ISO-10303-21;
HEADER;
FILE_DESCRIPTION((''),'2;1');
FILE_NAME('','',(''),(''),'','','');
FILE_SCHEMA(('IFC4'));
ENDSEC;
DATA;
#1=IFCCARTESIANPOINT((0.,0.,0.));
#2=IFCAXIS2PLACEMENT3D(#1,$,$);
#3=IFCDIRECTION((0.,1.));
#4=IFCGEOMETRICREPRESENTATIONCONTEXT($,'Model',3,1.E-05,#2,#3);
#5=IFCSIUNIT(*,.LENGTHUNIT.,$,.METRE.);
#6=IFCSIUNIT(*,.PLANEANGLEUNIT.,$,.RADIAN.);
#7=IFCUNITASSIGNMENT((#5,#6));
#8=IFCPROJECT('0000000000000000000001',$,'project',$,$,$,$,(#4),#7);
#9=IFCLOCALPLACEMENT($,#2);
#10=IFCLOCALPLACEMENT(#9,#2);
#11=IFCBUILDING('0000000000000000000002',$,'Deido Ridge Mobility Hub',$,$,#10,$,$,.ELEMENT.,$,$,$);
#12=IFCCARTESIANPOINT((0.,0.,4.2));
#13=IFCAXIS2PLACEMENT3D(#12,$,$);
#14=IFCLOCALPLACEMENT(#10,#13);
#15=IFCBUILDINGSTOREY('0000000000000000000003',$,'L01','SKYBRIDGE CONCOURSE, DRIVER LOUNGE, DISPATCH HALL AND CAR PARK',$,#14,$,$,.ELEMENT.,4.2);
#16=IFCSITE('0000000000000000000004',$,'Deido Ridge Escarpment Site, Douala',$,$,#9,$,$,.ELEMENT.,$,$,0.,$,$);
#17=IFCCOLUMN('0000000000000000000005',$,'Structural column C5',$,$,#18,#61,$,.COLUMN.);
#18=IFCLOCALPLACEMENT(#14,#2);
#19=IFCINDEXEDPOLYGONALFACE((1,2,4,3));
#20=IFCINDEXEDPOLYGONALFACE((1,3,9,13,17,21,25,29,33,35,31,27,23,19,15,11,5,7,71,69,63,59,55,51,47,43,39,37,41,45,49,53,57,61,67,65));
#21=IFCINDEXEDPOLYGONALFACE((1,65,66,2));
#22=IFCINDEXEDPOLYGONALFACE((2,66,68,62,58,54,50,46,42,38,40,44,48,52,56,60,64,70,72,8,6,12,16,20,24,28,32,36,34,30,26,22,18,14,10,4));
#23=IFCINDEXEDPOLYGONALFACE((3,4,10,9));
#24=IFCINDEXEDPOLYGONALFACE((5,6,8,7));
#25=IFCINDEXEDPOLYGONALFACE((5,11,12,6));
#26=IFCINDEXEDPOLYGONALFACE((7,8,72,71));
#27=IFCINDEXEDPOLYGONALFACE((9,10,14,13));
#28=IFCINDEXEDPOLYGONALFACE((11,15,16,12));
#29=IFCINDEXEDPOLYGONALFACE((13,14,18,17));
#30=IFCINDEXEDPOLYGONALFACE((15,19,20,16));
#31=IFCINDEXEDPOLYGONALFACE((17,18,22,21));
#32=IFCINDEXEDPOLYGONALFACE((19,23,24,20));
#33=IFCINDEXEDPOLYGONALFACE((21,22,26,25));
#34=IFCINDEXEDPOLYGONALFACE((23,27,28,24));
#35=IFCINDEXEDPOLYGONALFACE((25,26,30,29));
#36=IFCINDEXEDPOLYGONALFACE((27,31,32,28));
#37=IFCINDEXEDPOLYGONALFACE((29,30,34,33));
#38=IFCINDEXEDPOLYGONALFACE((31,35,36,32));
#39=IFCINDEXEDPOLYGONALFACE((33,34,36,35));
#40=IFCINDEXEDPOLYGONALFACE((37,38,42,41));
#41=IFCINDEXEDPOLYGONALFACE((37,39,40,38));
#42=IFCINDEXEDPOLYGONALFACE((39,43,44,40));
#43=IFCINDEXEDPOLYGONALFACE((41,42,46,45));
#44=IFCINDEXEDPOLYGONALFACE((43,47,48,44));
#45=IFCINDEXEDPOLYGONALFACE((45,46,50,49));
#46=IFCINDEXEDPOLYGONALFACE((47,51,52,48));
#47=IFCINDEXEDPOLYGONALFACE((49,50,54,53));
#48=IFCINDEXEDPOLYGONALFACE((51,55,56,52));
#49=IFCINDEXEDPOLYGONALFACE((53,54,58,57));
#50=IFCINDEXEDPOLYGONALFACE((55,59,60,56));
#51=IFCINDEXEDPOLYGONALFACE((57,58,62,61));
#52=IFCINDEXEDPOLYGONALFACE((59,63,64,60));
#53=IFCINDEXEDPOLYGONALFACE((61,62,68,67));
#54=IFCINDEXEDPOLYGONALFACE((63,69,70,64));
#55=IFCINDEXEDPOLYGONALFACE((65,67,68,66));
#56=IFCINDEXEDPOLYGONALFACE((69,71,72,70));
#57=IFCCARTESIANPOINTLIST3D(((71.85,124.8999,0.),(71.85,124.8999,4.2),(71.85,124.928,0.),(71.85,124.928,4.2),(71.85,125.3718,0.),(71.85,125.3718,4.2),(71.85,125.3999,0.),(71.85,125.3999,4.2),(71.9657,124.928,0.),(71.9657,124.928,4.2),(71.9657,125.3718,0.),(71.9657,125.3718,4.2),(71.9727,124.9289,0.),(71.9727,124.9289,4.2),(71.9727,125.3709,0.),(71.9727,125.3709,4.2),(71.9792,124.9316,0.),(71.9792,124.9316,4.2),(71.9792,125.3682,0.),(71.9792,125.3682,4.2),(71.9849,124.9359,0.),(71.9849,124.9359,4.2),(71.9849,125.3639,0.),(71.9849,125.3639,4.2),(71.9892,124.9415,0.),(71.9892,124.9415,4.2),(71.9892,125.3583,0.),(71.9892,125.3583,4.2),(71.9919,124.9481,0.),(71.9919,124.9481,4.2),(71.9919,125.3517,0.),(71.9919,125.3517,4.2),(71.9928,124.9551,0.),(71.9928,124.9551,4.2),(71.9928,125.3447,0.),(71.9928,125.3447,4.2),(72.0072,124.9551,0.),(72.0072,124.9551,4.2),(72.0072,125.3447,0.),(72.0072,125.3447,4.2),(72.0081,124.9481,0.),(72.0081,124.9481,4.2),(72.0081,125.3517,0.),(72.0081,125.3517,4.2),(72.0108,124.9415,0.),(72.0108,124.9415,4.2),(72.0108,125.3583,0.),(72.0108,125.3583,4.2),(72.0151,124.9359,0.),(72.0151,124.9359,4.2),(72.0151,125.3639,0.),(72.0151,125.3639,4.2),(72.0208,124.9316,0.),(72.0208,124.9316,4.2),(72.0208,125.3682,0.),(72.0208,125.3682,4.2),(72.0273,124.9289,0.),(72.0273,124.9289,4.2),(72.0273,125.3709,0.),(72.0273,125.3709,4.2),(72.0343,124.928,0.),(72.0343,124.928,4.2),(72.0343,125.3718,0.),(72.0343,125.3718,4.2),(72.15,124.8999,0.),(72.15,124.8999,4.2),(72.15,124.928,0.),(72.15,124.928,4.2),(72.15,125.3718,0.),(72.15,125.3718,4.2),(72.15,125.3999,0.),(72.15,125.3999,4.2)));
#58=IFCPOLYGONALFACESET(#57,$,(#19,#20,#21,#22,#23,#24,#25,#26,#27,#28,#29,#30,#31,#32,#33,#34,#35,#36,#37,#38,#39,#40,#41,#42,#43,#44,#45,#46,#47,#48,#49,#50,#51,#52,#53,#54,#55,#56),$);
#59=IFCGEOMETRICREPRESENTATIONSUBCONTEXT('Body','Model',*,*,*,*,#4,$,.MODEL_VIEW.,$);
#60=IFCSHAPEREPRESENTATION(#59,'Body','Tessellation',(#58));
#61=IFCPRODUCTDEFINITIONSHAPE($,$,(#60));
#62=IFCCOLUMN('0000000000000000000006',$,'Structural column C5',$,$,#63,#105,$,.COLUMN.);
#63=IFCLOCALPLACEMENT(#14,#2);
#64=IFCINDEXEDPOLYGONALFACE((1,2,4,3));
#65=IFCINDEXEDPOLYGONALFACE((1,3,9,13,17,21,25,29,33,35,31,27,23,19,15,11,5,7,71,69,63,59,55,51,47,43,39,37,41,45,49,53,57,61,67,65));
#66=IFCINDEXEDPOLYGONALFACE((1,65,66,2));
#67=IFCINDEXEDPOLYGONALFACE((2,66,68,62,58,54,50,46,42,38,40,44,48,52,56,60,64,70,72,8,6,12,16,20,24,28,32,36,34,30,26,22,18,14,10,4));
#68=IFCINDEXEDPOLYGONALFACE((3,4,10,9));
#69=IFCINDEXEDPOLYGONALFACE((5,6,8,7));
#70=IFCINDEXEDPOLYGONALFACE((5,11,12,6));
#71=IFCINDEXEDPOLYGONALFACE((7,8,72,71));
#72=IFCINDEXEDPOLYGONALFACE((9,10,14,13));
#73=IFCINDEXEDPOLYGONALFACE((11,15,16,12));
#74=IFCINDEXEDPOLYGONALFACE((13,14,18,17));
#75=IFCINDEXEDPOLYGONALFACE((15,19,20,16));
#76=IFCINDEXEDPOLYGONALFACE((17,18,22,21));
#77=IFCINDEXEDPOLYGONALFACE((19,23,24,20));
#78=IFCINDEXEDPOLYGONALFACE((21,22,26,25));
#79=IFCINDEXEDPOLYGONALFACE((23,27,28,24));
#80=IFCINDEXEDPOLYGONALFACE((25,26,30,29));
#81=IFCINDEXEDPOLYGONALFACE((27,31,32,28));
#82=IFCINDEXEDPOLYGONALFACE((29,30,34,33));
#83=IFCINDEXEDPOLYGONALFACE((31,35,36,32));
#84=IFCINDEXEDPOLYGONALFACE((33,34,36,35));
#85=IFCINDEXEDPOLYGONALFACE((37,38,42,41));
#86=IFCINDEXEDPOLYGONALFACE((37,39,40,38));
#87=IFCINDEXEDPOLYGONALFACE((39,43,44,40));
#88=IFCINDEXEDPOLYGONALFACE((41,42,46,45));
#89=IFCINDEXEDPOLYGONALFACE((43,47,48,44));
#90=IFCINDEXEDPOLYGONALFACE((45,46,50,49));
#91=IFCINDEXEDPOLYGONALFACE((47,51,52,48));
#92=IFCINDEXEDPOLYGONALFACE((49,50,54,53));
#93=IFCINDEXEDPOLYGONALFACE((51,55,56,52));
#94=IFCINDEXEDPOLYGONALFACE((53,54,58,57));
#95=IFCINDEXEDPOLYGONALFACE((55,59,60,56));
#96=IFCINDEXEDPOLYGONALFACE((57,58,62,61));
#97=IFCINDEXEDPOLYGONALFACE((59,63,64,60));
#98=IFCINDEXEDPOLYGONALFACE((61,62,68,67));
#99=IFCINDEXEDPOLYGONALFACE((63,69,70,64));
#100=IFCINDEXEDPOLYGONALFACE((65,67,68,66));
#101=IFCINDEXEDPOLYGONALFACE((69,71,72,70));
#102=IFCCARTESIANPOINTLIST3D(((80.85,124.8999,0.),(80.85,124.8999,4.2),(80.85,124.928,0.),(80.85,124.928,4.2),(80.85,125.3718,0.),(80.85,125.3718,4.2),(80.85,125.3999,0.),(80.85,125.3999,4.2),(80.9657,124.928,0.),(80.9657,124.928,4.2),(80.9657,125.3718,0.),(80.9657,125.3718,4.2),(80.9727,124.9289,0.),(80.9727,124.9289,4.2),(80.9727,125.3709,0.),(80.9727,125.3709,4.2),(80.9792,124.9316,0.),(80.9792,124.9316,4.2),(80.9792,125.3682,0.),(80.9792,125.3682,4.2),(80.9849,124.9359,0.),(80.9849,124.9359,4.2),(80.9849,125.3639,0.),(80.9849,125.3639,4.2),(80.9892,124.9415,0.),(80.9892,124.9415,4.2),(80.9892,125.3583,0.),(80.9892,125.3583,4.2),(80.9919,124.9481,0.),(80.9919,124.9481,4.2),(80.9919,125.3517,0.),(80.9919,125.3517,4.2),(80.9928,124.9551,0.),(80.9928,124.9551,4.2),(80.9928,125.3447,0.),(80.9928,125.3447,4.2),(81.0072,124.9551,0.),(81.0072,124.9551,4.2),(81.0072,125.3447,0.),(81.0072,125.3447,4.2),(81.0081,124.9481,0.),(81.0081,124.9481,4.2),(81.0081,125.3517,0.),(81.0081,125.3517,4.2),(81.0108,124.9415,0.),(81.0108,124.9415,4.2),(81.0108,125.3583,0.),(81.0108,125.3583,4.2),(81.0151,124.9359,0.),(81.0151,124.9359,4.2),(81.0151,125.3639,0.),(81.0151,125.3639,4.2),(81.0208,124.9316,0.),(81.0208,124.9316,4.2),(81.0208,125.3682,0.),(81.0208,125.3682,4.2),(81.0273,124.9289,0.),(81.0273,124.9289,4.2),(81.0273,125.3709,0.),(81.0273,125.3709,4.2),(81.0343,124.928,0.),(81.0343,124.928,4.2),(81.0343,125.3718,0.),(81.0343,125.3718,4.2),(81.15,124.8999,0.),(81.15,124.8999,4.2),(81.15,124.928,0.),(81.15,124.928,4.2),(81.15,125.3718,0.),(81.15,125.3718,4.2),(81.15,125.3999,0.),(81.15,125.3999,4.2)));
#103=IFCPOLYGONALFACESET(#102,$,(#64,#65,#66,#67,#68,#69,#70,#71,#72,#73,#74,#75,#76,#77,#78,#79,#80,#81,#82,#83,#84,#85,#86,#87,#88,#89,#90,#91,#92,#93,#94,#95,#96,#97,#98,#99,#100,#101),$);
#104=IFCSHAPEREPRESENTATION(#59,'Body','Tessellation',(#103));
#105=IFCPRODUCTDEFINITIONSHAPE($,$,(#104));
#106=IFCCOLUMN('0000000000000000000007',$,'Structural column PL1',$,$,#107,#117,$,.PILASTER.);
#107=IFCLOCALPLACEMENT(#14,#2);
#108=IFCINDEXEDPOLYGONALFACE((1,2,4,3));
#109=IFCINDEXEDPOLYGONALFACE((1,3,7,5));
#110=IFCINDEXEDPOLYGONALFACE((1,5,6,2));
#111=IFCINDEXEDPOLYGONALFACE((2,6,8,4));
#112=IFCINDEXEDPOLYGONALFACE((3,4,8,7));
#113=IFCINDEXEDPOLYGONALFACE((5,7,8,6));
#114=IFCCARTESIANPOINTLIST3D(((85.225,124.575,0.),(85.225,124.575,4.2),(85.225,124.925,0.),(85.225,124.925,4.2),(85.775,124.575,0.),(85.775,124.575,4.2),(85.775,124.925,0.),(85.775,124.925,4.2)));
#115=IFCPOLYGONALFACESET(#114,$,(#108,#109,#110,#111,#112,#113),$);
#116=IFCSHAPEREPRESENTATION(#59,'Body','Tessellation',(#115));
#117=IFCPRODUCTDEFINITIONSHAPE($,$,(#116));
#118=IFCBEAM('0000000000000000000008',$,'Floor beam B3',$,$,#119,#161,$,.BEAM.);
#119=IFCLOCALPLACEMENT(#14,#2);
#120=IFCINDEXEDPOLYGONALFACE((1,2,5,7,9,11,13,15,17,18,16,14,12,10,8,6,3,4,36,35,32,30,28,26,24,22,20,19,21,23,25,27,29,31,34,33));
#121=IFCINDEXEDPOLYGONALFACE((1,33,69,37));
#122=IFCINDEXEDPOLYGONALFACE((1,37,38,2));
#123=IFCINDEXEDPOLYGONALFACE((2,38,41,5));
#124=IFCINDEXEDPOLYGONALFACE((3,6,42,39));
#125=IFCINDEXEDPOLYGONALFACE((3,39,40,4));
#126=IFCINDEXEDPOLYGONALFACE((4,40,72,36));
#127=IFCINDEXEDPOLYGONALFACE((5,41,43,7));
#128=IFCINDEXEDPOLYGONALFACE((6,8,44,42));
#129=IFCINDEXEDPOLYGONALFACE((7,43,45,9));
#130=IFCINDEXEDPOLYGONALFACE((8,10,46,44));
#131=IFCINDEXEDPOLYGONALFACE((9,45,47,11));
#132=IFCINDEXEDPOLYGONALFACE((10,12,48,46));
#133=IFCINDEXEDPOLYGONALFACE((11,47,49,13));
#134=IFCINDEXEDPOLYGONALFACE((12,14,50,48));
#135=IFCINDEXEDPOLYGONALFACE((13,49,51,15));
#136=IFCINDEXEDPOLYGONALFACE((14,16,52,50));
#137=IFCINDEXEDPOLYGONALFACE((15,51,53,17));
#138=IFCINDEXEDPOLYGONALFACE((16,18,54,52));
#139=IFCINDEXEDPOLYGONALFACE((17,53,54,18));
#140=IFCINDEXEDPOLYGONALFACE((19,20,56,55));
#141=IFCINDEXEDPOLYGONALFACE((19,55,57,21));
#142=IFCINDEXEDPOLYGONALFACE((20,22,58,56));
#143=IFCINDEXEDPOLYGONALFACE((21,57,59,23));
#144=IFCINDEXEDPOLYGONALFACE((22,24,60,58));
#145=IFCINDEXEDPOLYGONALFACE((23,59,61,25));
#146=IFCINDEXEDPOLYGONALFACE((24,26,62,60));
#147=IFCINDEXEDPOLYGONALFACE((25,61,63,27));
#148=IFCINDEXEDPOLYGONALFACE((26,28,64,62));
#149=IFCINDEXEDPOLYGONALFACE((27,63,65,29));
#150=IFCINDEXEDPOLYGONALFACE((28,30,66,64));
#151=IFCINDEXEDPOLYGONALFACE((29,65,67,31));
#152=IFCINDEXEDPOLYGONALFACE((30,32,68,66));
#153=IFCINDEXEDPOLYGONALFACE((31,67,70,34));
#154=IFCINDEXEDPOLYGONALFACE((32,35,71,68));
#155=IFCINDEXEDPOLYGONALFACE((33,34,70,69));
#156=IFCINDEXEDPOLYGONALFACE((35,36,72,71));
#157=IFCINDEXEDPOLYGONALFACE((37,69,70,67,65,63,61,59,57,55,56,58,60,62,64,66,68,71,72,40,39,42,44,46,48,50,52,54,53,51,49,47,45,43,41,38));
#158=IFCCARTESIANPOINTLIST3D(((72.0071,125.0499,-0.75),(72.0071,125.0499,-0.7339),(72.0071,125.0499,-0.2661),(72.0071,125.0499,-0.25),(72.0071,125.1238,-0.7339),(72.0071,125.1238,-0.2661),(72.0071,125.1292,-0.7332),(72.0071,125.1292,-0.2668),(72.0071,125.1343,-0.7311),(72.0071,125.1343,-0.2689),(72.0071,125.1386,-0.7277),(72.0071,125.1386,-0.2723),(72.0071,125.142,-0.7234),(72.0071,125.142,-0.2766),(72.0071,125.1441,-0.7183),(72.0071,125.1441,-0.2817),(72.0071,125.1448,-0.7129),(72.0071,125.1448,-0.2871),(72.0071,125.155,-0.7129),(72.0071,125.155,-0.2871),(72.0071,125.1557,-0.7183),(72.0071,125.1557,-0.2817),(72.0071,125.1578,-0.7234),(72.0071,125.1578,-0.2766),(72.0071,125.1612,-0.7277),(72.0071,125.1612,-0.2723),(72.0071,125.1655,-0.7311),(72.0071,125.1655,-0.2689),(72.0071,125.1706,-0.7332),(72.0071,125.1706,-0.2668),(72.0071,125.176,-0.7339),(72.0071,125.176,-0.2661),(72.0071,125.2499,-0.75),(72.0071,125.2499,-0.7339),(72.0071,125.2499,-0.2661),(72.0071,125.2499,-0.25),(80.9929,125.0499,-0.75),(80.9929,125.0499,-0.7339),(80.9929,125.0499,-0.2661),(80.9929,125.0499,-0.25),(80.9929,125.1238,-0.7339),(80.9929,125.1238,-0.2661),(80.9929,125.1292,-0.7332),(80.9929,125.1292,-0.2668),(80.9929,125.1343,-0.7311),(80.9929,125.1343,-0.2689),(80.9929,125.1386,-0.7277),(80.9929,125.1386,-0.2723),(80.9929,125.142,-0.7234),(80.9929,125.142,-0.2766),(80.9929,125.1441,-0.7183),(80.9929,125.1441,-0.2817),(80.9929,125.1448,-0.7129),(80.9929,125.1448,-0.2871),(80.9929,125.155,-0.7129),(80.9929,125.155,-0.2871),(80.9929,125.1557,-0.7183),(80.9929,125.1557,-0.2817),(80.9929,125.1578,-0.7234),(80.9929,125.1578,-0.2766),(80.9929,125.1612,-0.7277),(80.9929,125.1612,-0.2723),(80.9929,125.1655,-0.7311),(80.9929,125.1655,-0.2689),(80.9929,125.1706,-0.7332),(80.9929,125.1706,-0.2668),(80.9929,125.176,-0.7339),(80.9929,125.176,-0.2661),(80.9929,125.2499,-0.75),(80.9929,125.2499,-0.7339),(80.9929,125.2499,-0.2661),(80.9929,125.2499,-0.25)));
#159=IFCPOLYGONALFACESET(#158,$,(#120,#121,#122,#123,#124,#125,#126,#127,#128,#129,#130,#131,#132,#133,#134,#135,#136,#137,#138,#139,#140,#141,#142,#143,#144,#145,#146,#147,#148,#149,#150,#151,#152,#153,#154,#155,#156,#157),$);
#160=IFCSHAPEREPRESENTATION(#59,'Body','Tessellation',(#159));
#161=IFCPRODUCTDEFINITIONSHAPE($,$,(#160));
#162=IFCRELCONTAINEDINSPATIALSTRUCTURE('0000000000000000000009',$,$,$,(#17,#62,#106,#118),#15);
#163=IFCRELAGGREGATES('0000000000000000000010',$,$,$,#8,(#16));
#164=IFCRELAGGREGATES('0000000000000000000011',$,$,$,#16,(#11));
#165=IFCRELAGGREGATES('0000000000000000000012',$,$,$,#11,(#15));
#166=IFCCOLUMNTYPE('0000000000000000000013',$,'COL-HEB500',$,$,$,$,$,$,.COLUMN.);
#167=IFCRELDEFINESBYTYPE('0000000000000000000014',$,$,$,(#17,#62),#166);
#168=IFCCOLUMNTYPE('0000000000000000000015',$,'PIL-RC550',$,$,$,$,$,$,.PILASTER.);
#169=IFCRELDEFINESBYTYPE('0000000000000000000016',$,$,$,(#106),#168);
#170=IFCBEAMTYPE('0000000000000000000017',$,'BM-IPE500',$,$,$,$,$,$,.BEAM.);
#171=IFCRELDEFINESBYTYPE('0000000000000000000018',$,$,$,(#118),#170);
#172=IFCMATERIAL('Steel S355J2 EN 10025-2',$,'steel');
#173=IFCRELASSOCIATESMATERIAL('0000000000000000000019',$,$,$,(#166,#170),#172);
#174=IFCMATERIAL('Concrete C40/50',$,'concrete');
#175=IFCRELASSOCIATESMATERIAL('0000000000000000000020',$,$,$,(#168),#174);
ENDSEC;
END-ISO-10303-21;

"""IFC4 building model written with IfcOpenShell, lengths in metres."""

from ifc_helpers import new_model, si_unit, direction, frame, origin, origin_2d, place, context, subcontext, project, spatial, rectangle, i_section, extrude, material, material_profile, profile_set, type_object, element, save


model = new_model("IFC4")

# Units and contexts
model_context = context("Model", 3, precision=1e-05, world=origin(), true_north=direction((0.0, 1.0)))
body_context = subcontext(model_context, "Body", "Model", "MODEL_VIEW")
ifc_project = project(units=[si_unit("LENGTHUNIT", "METRE"), si_unit("PLANEANGLEUNIT", "RADIAN")], contexts=[model_context])

# Site, building, storey
site_placement = place(None, origin())
site = spatial("IfcSite", under=ifc_project, at=site_placement, Name="Deido Ridge Escarpment Site, Douala", CompositionType="ELEMENT", RefElevation=0.0)
building_placement = place(site_placement, origin())
building = spatial("IfcBuilding", under=site, at=building_placement, Name="Deido Ridge Mobility Hub", CompositionType="ELEMENT")
storey_placement = place(building_placement, frame((0.0, 0.0, 4.2)))
storey = spatial("IfcBuildingStorey", under=building, at=storey_placement, Name="L01", Description="SKYBRIDGE CONCOURSE, DRIVER LOUNGE, DISPATCH HALL AND CAR PARK", CompositionType="ELEMENT", Elevation=4.2)

# Columns
ifc_material_1 = material(Name="Steel S355J2 EN 10025-2", Category="steel")
ifc_material_profile_1 = material_profile(ifc_material_1, i_section(OverallWidth=0.3, OverallDepth=0.5, WebThickness=0.0144, FlangeThickness=0.0281, FilletRadius=0.0271, at=origin_2d()), Name="HEB 500")
ifc_profile_set_1 = profile_set([ifc_material_profile_1], Name="Steel S355J2 EN 10025-2")
column_type_1 = type_object("IfcColumnType", Name="COL-HEB500", PredefinedType="COLUMN", material=ifc_profile_set_1)
for number, where, z_axis, x_axis, name in (
    (1, (72.0, 125.1499, 0.0), (0.0, 0.0, 1.0), (1.0, 0.0, 0.0), "Structural column C5"),
    (2, (81.0, 125.1499, 0.0), (0.0, 0.0, 1.0), (1.0, 0.0, 0.0), "Structural column C5"),
):
    element("IfcColumn", number, at=place(storey_placement, frame(where, z_axis=z_axis, x_axis=x_axis)), inside=storey, type_object=column_type_1, Name=name, PredefinedType="COLUMN", context=body_context, shape_type="SweptSolid", body=[
        extrude(i_section(OverallWidth=0.3, OverallDepth=0.5, WebThickness=0.0144, FlangeThickness=0.0281, FilletRadius=0.0271, at=origin_2d()), origin(), (0.0, 0.0, 1.0), 4.2),
    ])
ifc_material_2 = material(Name="Concrete C40/50", Category="concrete")
ifc_material_profile_2 = material_profile(ifc_material_2, rectangle(XDim=0.55, YDim=0.3501, at=origin_2d()), Name="RC PILASTER 550x350")
ifc_profile_set_2 = profile_set([ifc_material_profile_2], Name="Concrete C40/50")
column_type_2 = type_object("IfcColumnType", Name="PIL-RC550", PredefinedType="PILASTER", material=ifc_profile_set_2)
column_placement = place(storey_placement, frame((85.5, 124.75, 0.0), z_axis=(0.0, 0.0, 1.0), x_axis=(1.0, 0.0, 0.0)))
element("IfcColumn", 3, at=column_placement, inside=storey, type_object=column_type_2, Name="Structural column PL1", PredefinedType="PILASTER", context=body_context, shape_type="SweptSolid", body=[
    extrude(rectangle(XDim=0.55, YDim=0.3501, at=origin_2d()), origin(), (0.0, 0.0, 1.0), 4.2),
])

# Beam
ifc_material_profile_3 = material_profile(ifc_material_1, i_section(OverallWidth=0.2, OverallDepth=0.5, WebThickness=0.0103, FlangeThickness=0.0161, FilletRadius=0.021, at=origin_2d()), Name="IPE 500")
ifc_profile_set_3 = profile_set([ifc_material_profile_3], Name="Steel S355J2 EN 10025-2")
beam_type = type_object("IfcBeamType", Name="BM-IPE500", PredefinedType="BEAM", material=ifc_profile_set_3)
for number, where, z_axis, x_axis, name in (
    (4, (72.0071, 125.1499, -0.5), (1.0, 0.0, 0.0), (0.0, 1.0, 0.0), "Floor beam B3"),
):
    element("IfcBeam", number, at=place(storey_placement, frame(where, z_axis=z_axis, x_axis=x_axis)), inside=storey, type_object=beam_type, Name=name, PredefinedType="BEAM", context=body_context, shape_type="SweptSolid", body=[
        extrude(i_section(OverallWidth=0.2, OverallDepth=0.5, WebThickness=0.0103, FlangeThickness=0.0161, FilletRadius=0.021, at=origin_2d()), origin(), (0.0, 0.0, 1.0), 8.9858),
    ])

save(model, "model.ifc")
